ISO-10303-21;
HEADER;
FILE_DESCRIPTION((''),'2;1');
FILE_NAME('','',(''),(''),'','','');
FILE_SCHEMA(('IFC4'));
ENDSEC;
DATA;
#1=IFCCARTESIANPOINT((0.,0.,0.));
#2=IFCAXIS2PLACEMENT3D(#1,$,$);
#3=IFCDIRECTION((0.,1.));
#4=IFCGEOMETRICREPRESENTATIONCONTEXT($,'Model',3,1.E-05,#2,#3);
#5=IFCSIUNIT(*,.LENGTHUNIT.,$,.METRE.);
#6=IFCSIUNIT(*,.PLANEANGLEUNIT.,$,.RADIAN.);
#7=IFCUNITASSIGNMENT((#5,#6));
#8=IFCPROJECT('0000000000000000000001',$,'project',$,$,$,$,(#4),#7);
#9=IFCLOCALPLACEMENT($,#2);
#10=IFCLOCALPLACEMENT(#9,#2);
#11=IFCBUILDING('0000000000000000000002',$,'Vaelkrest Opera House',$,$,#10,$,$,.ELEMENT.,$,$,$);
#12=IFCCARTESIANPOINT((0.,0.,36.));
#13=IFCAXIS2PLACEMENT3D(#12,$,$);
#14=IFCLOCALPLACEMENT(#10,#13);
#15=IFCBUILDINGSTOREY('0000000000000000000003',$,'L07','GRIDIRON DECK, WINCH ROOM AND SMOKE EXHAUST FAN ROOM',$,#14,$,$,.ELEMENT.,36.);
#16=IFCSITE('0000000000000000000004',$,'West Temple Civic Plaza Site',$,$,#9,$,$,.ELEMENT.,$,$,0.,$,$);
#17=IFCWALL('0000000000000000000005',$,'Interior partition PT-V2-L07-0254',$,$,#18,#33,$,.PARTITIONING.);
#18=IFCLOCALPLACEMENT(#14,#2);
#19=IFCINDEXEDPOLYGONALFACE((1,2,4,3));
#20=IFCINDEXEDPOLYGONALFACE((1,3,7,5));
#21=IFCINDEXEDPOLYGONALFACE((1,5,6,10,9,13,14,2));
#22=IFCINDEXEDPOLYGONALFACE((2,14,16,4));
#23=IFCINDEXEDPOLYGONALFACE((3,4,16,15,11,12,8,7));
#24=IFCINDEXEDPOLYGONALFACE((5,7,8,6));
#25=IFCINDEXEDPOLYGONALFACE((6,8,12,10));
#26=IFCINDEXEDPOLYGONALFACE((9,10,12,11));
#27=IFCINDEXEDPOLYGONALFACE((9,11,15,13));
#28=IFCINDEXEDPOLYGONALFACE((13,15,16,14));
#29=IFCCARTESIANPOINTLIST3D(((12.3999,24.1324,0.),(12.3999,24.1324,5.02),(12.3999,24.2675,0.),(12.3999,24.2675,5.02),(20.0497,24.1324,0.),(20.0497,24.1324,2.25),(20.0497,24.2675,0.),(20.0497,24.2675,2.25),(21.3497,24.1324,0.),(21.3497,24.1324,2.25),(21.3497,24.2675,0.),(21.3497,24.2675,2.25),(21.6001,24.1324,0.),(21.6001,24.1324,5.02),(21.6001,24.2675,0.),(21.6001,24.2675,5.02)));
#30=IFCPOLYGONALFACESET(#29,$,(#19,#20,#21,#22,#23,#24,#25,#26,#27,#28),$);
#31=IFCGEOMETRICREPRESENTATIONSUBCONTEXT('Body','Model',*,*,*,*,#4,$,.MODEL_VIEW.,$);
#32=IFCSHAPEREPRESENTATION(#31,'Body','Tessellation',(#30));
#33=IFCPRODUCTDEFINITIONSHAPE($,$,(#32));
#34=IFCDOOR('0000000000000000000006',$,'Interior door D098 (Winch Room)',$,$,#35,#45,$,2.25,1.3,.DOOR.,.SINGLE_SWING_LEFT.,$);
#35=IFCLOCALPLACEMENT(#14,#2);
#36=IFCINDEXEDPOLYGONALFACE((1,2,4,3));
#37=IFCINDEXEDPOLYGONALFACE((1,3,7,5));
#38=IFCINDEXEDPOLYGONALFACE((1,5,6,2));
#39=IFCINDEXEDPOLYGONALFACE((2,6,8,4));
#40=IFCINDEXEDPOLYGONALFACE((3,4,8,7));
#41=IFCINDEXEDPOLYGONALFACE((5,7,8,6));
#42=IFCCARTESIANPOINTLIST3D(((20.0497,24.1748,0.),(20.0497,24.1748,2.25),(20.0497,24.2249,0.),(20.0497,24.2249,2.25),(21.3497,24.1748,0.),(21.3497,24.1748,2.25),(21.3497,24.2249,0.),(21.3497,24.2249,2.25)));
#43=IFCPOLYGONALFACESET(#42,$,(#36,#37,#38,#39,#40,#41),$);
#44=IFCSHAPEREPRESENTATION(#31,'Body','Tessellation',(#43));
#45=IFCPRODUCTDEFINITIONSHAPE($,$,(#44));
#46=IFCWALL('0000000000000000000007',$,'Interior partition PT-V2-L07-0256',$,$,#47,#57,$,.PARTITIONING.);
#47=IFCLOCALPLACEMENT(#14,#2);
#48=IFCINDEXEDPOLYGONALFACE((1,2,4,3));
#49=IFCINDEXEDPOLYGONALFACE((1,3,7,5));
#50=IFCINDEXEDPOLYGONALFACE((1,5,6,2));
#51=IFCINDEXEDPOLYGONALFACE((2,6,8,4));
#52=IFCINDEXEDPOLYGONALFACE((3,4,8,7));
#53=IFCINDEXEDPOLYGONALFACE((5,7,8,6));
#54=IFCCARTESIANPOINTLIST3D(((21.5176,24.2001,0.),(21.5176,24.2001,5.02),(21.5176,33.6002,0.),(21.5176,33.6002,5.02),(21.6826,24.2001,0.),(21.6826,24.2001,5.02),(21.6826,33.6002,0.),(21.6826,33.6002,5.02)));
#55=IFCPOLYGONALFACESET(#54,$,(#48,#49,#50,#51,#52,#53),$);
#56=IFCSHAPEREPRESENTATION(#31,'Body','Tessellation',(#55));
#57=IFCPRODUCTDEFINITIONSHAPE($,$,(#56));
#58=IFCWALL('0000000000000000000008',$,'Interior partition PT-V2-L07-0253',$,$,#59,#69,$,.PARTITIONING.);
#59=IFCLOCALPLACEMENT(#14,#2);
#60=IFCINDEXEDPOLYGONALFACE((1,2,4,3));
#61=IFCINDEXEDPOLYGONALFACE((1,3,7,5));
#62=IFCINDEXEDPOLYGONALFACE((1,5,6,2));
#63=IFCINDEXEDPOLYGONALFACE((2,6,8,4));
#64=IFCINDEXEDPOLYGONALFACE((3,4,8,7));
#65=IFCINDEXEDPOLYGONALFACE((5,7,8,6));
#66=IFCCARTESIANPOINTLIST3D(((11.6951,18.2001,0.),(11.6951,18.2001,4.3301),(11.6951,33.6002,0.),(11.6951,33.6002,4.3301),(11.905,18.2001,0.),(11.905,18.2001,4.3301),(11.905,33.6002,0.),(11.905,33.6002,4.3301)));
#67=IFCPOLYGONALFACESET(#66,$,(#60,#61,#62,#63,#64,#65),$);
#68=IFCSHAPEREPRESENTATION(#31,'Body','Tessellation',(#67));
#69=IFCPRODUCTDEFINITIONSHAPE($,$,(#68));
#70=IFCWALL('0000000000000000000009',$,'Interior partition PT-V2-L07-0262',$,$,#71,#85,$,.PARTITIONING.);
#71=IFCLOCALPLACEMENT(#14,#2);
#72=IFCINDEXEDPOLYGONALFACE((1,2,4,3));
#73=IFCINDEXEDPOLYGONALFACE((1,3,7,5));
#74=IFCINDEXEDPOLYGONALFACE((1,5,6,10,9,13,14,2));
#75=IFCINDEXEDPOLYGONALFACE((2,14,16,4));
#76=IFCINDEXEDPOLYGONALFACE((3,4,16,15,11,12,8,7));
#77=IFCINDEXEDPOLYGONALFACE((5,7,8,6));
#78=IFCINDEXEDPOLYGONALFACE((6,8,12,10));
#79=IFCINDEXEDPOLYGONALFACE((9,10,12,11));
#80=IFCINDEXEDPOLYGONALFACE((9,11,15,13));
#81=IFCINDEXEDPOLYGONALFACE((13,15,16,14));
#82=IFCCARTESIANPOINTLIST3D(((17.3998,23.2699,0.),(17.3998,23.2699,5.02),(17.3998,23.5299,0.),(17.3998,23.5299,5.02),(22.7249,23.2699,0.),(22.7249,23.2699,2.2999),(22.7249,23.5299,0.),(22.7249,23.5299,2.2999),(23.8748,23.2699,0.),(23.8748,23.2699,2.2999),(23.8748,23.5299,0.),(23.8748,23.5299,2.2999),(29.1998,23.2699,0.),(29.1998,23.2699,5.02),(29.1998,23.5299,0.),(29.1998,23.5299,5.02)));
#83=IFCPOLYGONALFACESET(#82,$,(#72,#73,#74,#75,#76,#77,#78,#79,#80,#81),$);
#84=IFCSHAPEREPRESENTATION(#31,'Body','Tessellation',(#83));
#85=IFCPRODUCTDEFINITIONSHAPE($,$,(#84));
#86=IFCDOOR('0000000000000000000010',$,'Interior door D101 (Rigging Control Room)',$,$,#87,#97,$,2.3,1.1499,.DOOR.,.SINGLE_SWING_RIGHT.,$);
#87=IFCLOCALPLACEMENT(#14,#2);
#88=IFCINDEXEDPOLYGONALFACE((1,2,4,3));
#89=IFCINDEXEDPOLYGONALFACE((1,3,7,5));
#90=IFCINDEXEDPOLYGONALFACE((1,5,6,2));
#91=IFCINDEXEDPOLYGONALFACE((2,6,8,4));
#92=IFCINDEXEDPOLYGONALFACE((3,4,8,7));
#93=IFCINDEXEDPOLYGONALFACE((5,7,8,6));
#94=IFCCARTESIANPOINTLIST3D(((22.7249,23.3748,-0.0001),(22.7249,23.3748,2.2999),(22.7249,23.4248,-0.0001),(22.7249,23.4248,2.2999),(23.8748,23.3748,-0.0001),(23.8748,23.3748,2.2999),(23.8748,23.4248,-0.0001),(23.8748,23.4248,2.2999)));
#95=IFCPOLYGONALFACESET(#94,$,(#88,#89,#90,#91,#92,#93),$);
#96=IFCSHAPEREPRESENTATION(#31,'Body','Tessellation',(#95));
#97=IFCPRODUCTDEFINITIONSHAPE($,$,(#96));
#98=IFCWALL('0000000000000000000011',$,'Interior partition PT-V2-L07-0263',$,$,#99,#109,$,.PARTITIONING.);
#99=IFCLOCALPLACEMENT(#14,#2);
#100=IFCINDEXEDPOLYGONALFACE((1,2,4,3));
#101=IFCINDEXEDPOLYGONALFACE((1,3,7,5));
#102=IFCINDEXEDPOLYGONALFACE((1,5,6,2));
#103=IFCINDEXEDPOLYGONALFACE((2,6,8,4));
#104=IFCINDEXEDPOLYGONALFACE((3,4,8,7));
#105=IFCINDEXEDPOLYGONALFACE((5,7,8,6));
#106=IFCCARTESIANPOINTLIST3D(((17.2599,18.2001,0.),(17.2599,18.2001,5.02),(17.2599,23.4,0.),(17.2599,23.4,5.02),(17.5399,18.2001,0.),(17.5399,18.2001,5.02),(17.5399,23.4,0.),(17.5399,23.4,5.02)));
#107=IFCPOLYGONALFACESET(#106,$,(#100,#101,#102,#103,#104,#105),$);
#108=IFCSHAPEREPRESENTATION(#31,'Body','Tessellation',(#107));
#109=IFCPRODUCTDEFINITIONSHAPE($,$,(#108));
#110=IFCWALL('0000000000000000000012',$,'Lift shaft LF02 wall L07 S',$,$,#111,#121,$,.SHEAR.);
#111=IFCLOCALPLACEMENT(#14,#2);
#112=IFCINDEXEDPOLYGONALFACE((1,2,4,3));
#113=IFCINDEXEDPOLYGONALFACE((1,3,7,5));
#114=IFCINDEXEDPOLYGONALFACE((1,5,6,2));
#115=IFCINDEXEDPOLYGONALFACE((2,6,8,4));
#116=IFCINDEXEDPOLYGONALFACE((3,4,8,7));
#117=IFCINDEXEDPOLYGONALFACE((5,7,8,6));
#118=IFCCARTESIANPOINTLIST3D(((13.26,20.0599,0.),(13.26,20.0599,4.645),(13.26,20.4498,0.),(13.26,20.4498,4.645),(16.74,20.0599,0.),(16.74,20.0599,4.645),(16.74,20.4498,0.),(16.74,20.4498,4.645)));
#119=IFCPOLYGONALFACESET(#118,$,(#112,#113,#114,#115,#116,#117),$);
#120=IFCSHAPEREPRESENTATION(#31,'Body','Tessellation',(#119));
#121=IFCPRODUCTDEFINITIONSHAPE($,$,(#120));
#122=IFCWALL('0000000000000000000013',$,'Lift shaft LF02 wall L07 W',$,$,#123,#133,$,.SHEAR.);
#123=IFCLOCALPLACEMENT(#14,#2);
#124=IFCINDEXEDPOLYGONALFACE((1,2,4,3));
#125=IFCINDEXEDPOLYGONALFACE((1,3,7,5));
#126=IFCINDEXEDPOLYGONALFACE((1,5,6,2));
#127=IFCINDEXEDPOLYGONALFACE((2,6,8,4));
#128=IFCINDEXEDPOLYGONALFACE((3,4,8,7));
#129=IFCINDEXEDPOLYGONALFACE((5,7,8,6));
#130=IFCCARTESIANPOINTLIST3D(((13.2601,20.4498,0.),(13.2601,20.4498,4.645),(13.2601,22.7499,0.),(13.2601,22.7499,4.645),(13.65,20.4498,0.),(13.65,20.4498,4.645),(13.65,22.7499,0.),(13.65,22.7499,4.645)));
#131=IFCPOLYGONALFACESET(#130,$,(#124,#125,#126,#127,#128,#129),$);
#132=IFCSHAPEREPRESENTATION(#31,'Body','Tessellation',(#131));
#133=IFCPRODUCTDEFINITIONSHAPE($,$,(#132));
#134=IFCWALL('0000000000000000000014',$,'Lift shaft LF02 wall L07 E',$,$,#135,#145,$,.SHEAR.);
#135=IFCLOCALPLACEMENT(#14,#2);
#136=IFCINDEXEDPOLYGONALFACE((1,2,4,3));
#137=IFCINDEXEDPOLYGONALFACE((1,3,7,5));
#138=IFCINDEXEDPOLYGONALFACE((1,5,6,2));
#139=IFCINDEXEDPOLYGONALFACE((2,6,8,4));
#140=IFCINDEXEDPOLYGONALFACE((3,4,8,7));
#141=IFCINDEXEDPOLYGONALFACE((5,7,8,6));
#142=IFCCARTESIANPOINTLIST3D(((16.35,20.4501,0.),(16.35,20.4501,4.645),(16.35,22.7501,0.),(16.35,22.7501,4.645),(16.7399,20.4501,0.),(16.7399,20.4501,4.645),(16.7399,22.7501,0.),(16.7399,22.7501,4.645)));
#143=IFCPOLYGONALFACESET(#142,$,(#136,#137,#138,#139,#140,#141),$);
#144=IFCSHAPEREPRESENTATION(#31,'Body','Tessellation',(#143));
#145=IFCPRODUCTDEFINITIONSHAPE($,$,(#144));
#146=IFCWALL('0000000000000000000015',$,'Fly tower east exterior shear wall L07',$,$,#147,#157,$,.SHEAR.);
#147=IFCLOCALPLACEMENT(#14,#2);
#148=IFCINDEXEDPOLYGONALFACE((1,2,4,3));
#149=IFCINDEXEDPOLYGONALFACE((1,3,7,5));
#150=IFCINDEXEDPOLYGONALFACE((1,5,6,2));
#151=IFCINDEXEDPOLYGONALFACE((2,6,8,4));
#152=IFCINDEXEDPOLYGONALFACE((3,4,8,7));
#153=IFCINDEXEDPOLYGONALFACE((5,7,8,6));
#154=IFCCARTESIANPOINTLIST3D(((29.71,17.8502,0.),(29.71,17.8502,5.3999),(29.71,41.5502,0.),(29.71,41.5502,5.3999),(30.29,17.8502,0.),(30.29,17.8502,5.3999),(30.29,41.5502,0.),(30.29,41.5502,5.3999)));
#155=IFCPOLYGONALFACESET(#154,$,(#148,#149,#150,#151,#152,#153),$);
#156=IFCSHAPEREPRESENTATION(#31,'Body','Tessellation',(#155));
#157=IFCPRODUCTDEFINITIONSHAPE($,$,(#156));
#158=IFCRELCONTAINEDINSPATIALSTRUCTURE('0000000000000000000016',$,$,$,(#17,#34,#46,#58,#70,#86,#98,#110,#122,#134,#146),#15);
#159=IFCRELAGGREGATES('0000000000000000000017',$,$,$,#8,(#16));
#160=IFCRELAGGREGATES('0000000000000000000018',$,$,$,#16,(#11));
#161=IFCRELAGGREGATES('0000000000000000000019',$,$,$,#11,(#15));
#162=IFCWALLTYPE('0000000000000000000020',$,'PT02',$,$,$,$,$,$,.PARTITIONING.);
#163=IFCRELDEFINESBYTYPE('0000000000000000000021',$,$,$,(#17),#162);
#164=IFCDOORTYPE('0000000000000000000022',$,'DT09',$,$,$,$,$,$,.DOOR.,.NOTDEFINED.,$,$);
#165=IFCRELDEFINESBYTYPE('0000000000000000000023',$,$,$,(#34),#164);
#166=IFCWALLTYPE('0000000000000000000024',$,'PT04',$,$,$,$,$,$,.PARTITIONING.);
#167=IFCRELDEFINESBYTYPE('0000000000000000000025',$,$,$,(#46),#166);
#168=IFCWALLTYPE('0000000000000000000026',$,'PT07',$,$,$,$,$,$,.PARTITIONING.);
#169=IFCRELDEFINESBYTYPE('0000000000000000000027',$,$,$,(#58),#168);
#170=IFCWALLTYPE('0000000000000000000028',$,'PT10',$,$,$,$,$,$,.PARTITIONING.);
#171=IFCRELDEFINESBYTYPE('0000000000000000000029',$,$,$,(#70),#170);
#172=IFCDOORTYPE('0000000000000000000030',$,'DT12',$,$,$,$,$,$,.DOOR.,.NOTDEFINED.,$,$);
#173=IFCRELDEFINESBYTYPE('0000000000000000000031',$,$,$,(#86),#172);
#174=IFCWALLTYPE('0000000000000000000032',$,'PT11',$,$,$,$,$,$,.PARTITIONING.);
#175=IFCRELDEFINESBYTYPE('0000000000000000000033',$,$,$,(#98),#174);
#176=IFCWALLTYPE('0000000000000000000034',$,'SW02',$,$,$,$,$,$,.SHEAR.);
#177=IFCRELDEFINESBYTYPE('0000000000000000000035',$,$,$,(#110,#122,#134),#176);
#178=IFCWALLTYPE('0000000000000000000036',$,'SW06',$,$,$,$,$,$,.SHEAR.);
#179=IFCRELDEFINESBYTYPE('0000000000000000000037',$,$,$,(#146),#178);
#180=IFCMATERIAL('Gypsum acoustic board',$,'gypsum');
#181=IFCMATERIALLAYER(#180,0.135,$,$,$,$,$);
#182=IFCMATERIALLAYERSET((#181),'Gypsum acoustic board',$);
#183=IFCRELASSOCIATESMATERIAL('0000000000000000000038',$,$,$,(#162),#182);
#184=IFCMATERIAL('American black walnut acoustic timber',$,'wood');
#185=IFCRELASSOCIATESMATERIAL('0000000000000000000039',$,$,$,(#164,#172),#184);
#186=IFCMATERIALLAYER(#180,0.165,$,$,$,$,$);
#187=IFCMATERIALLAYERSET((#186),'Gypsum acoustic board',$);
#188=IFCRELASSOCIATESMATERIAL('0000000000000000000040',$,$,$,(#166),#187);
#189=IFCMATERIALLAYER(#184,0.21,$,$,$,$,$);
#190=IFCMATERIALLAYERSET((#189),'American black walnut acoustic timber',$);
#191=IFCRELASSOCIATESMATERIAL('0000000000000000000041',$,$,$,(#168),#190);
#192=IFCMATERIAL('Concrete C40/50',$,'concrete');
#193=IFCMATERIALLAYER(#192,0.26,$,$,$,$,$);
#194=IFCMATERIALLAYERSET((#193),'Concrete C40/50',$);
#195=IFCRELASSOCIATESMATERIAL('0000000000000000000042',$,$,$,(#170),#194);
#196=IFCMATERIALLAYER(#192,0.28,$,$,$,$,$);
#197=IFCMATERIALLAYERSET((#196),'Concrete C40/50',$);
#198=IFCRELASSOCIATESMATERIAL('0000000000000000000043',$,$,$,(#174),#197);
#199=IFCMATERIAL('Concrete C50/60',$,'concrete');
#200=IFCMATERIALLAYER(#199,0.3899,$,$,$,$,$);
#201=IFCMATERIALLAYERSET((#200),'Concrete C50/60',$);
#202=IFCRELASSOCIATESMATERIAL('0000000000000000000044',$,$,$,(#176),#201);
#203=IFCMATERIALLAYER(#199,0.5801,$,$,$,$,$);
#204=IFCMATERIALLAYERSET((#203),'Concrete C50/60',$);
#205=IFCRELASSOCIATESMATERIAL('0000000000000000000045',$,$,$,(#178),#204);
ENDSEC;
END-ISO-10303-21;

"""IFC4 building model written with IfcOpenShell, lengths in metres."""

from ifc_helpers import new_model, si_unit, direction, frame, frame_2d, origin, place, context, subcontext, project, spatial, rectangle, extrude, material, layer, layer_set, type_object, element, fill, save


model = new_model("IFC4")

# Units and contexts
model_context = context("Model", 3, precision=1e-05, world=origin(), true_north=direction((0.0, 1.0)))
body_context = subcontext(model_context, "Body", "Model", "MODEL_VIEW")
ifc_project = project(units=[si_unit("LENGTHUNIT", "METRE"), si_unit("PLANEANGLEUNIT", "RADIAN")], contexts=[model_context])

# Site, building, storey
site_placement = place(None, origin())
site = spatial("IfcSite", under=ifc_project, at=site_placement, Name="West Temple Civic Plaza Site", CompositionType="ELEMENT", RefElevation=0.0)
building_placement = place(site_placement, origin())
building = spatial("IfcBuilding", under=site, at=building_placement, Name="Vaelkrest Opera House", CompositionType="ELEMENT")
storey_placement = place(building_placement, frame((0.0, 0.0, 36.0)))
storey = spatial("IfcBuildingStorey", under=building, at=storey_placement, Name="L07", Description="GRIDIRON DECK, WINCH ROOM AND SMOKE EXHAUST FAN ROOM", CompositionType="ELEMENT", Elevation=36.0)

# Shared definitions
ifc_material_1 = material(Name="Concrete C50/60", Category="concrete")

# Wall, opening, door
ifc_material_2 = material(Name="Gypsum acoustic board", Category="gypsum")
ifc_layer_1 = layer(ifc_material_2, 0.135)
ifc_layer_set_1 = layer_set([ifc_layer_1], Name="Gypsum acoustic board")
wall_type_1 = type_object("IfcWallType", Name="PT02", PredefinedType="PARTITIONING", material=ifc_layer_set_1)
wall_1_placement = place(storey_placement, frame((12.3999, 24.2, 0.0), z_axis=(0.0, 0.0, 1.0), x_axis=(1.0, 0.0, 0.0)))
wall_1 = element("IfcWall", 1, at=wall_1_placement, inside=storey, type_object=wall_type_1, Name="Interior partition PT-V2-L07-0254", PredefinedType="PARTITIONING", context=body_context, shape_type="SweptSolid", body=[
    extrude(rectangle(XDim=9.2002, YDim=0.135, at=frame_2d((4.6001, 0.0))), origin(), (0.0, 0.0, 1.0), 5.02),
])
opening_1_placement = place(wall_1_placement, frame((7.6499, 0.0, 0.0)))
opening_1 = element("IfcOpeningElement", 2, at=opening_1_placement, cuts=wall_1, PredefinedType="OPENING", context=body_context, shape_type="SweptSolid", body=[
    extrude(rectangle(XDim=1.3, YDim=2.25, at=frame_2d((0.6499, 1.125))), frame((0.0, 0.0774, 0.0), z_axis=(0.0, -1.0, 0.0), x_axis=(1.0, 0.0, 0.0)), (0.0, 0.0, 1.0), 0.155),
])
ifc_material_3 = material(Name="American black walnut acoustic timber", Category="wood")
door_type_1 = type_object("IfcDoorType", Name="DT09", OperationType="NOTDEFINED", PredefinedType="DOOR", material=ifc_material_3)
door_1_placement = place(opening_1_placement, origin())
door_1 = element("IfcDoor", 3, at=door_1_placement, inside=storey, type_object=door_type_1, Name="Interior door D098 (Winch Room)", OperationType="SINGLE_SWING_LEFT", OverallHeight=2.25, OverallWidth=1.3, PredefinedType="DOOR", context=body_context, shape_type="SweptSolid", body=[
    extrude(rectangle(XDim=1.3, YDim=2.25, at=frame_2d((0.6499, 1.125))), frame((0.0, 0.0249, 0.0), z_axis=(0.0, -1.0, 0.0), x_axis=(1.0, 0.0, 0.0)), (0.0, 0.0, 1.0), 0.05),
])
fill(opening_1, door_1)

# Walls
ifc_layer_2 = layer(ifc_material_2, 0.165)
ifc_layer_set_2 = layer_set([ifc_layer_2], Name="Gypsum acoustic board")
wall_type_2 = type_object("IfcWallType", Name="PT04", PredefinedType="PARTITIONING", material=ifc_layer_set_2)
wall_2_placement = place(storey_placement, frame((21.6001, 24.2, 0.0), z_axis=(0.0, 0.0, 1.0), x_axis=(0.0, 1.0, 0.0)))
element("IfcWall", 4, at=wall_2_placement, inside=storey, type_object=wall_type_2, Name="Interior partition PT-V2-L07-0256", PredefinedType="PARTITIONING", context=body_context, shape_type="SweptSolid", body=[
    extrude(rectangle(XDim=9.4001, YDim=0.165, at=frame_2d((4.7002, 0.0))), origin(), (0.0, 0.0, 1.0), 5.02),
])
ifc_layer_3 = layer(ifc_material_3, 0.21)
ifc_layer_set_3 = layer_set([ifc_layer_3], Name="American black walnut acoustic timber")
wall_type_3 = type_object("IfcWallType", Name="PT07", PredefinedType="PARTITIONING", material=ifc_layer_set_3)
wall_3_placement = place(storey_placement, frame((11.8, 18.2, 0.0), z_axis=(0.0, 0.0, 1.0), x_axis=(0.0, 1.0, 0.0)))
element("IfcWall", 5, at=wall_3_placement, inside=storey, type_object=wall_type_3, Name="Interior partition PT-V2-L07-0253", PredefinedType="PARTITIONING", context=body_context, shape_type="SweptSolid", body=[
    extrude(rectangle(XDim=15.4001, YDim=0.21, at=frame_2d((7.7002, 0.0))), origin(), (0.0, 0.0, 1.0), 4.3301),
])

# Wall, opening, door
ifc_material_4 = material(Name="Concrete C40/50", Category="concrete")
ifc_layer_4 = layer(ifc_material_4, 0.26)
ifc_layer_set_4 = layer_set([ifc_layer_4], Name="Concrete C40/50")
wall_type_4 = type_object("IfcWallType", Name="PT10", PredefinedType="PARTITIONING", material=ifc_layer_set_4)
wall_4_placement = place(storey_placement, frame((17.3999, 23.3999, 0.0), z_axis=(0.0, 0.0, 1.0), x_axis=(1.0, 0.0, 0.0)))
wall_4 = element("IfcWall", 6, at=wall_4_placement, inside=storey, type_object=wall_type_4, Name="Interior partition PT-V2-L07-0262", PredefinedType="PARTITIONING", context=body_context, shape_type="SweptSolid", body=[
    extrude(rectangle(XDim=11.8, YDim=0.26, at=frame_2d((5.8999, 0.0))), origin(), (0.0, 0.0, 1.0), 5.02),
])
opening_2_placement = place(wall_4_placement, frame((5.325, 0.0, 0.0)))
opening_2 = element("IfcOpeningElement", 7, at=opening_2_placement, cuts=wall_4, PredefinedType="OPENING", context=body_context, shape_type="SweptSolid", body=[
    extrude(rectangle(XDim=1.1499, YDim=2.3, at=frame_2d((0.575, 1.1499))), frame((0.0, 0.1399, 0.0), z_axis=(0.0, -1.0, 0.0), x_axis=(1.0, 0.0, 0.0)), (0.0, 0.0, 1.0), 0.28),
])
door_type_2 = type_object("IfcDoorType", Name="DT12", OperationType="NOTDEFINED", PredefinedType="DOOR", material=ifc_material_3)
door_2_placement = place(opening_2_placement, origin())
door_2 = element("IfcDoor", 8, at=door_2_placement, inside=storey, type_object=door_type_2, Name="Interior door D101 (Rigging Control Room)", OperationType="SINGLE_SWING_RIGHT", OverallHeight=2.3, OverallWidth=1.1499, PredefinedType="DOOR", context=body_context, shape_type="SweptSolid", body=[
    extrude(rectangle(XDim=1.1499, YDim=2.3, at=frame_2d((0.575, 1.1499))), frame((0.0, 0.0249, 0.0), z_axis=(0.0, -1.0, 0.0), x_axis=(1.0, 0.0, 0.0)), (0.0, 0.0, 1.0), 0.05),
])
fill(opening_2, door_2)

# Walls
ifc_layer_5 = layer(ifc_material_4, 0.28)
ifc_layer_set_5 = layer_set([ifc_layer_5], Name="Concrete C40/50")
wall_type_5 = type_object("IfcWallType", Name="PT11", PredefinedType="PARTITIONING", material=ifc_layer_set_5)
wall_5_placement = place(storey_placement, frame((17.3999, 18.2, 0.0), z_axis=(0.0, 0.0, 1.0), x_axis=(0.0, 1.0, 0.0)))
element("IfcWall", 9, at=wall_5_placement, inside=storey, type_object=wall_type_5, Name="Interior partition PT-V2-L07-0263", PredefinedType="PARTITIONING", context=body_context, shape_type="SweptSolid", body=[
    extrude(rectangle(XDim=5.2, YDim=0.28, at=frame_2d((2.6001, 0.0))), origin(), (0.0, 0.0, 1.0), 5.02),
])
ifc_layer_6 = layer(ifc_material_1, 0.3899)
ifc_layer_set_6 = layer_set([ifc_layer_6], Name="Concrete C50/60")
wall_type_6 = type_object("IfcWallType", Name="SW02", PredefinedType="SHEAR", material=ifc_layer_set_6)
wall_6_placement = place(storey_placement, frame((16.74, 20.2549, 0.0), z_axis=(0.0, 0.0, 1.0), x_axis=(-1.0, 0.0, 0.0)))
element("IfcWall", 10, at=wall_6_placement, inside=storey, type_object=wall_type_6, Name="Lift shaft LF02 wall L07 S", PredefinedType="SHEAR", context=body_context, shape_type="SweptSolid", body=[
    extrude(rectangle(XDim=3.48, YDim=0.3899, at=frame_2d((1.74, 0.0))), origin(), (0.0, 0.0, 1.0), 4.645),
])

# Walls
for number, where, z_axis, x_axis, name in (
    (11, (13.4551, 20.45, 0.0), (0.0, 0.0, 1.0), (0.0, 1.0, 0.0), "Lift shaft LF02 wall L07 W"),
    (12, (16.5449, 22.75, 0.0), (0.0, 0.0, 1.0), (0.0, -1.0, 0.0), "Lift shaft LF02 wall L07 E"),
):
    element("IfcWall", number, at=place(storey_placement, frame(where, z_axis=z_axis, x_axis=x_axis)), inside=storey, type_object=wall_type_6, Name=name, PredefinedType="SHEAR", context=body_context, shape_type="SweptSolid", body=[
        extrude(rectangle(XDim=2.3, YDim=0.3899, at=frame_2d((1.1499, 0.0))), origin(), (0.0, 0.0, 1.0), 4.645),
    ])
ifc_layer_7 = layer(ifc_material_1, 0.5801)
ifc_layer_set_7 = layer_set([ifc_layer_7], Name="Concrete C50/60")
wall_type_7 = type_object("IfcWallType", Name="SW06", PredefinedType="SHEAR", material=ifc_layer_set_7)
wall_7_placement = place(storey_placement, frame((30.0, 17.8501, 0.0), z_axis=(0.0, 0.0, 1.0), x_axis=(0.0, 1.0, 0.0)))
element("IfcWall", 13, at=wall_7_placement, inside=storey, type_object=wall_type_7, Name="Fly tower east exterior shear wall L07", PredefinedType="SHEAR", context=body_context, shape_type="SweptSolid", body=[
    extrude(rectangle(XDim=23.7, YDim=0.5801, at=frame_2d((11.8501, 0.0))), origin(), (0.0, 0.0, 1.0), 5.3999),
])

save(model, "model.ifc")
